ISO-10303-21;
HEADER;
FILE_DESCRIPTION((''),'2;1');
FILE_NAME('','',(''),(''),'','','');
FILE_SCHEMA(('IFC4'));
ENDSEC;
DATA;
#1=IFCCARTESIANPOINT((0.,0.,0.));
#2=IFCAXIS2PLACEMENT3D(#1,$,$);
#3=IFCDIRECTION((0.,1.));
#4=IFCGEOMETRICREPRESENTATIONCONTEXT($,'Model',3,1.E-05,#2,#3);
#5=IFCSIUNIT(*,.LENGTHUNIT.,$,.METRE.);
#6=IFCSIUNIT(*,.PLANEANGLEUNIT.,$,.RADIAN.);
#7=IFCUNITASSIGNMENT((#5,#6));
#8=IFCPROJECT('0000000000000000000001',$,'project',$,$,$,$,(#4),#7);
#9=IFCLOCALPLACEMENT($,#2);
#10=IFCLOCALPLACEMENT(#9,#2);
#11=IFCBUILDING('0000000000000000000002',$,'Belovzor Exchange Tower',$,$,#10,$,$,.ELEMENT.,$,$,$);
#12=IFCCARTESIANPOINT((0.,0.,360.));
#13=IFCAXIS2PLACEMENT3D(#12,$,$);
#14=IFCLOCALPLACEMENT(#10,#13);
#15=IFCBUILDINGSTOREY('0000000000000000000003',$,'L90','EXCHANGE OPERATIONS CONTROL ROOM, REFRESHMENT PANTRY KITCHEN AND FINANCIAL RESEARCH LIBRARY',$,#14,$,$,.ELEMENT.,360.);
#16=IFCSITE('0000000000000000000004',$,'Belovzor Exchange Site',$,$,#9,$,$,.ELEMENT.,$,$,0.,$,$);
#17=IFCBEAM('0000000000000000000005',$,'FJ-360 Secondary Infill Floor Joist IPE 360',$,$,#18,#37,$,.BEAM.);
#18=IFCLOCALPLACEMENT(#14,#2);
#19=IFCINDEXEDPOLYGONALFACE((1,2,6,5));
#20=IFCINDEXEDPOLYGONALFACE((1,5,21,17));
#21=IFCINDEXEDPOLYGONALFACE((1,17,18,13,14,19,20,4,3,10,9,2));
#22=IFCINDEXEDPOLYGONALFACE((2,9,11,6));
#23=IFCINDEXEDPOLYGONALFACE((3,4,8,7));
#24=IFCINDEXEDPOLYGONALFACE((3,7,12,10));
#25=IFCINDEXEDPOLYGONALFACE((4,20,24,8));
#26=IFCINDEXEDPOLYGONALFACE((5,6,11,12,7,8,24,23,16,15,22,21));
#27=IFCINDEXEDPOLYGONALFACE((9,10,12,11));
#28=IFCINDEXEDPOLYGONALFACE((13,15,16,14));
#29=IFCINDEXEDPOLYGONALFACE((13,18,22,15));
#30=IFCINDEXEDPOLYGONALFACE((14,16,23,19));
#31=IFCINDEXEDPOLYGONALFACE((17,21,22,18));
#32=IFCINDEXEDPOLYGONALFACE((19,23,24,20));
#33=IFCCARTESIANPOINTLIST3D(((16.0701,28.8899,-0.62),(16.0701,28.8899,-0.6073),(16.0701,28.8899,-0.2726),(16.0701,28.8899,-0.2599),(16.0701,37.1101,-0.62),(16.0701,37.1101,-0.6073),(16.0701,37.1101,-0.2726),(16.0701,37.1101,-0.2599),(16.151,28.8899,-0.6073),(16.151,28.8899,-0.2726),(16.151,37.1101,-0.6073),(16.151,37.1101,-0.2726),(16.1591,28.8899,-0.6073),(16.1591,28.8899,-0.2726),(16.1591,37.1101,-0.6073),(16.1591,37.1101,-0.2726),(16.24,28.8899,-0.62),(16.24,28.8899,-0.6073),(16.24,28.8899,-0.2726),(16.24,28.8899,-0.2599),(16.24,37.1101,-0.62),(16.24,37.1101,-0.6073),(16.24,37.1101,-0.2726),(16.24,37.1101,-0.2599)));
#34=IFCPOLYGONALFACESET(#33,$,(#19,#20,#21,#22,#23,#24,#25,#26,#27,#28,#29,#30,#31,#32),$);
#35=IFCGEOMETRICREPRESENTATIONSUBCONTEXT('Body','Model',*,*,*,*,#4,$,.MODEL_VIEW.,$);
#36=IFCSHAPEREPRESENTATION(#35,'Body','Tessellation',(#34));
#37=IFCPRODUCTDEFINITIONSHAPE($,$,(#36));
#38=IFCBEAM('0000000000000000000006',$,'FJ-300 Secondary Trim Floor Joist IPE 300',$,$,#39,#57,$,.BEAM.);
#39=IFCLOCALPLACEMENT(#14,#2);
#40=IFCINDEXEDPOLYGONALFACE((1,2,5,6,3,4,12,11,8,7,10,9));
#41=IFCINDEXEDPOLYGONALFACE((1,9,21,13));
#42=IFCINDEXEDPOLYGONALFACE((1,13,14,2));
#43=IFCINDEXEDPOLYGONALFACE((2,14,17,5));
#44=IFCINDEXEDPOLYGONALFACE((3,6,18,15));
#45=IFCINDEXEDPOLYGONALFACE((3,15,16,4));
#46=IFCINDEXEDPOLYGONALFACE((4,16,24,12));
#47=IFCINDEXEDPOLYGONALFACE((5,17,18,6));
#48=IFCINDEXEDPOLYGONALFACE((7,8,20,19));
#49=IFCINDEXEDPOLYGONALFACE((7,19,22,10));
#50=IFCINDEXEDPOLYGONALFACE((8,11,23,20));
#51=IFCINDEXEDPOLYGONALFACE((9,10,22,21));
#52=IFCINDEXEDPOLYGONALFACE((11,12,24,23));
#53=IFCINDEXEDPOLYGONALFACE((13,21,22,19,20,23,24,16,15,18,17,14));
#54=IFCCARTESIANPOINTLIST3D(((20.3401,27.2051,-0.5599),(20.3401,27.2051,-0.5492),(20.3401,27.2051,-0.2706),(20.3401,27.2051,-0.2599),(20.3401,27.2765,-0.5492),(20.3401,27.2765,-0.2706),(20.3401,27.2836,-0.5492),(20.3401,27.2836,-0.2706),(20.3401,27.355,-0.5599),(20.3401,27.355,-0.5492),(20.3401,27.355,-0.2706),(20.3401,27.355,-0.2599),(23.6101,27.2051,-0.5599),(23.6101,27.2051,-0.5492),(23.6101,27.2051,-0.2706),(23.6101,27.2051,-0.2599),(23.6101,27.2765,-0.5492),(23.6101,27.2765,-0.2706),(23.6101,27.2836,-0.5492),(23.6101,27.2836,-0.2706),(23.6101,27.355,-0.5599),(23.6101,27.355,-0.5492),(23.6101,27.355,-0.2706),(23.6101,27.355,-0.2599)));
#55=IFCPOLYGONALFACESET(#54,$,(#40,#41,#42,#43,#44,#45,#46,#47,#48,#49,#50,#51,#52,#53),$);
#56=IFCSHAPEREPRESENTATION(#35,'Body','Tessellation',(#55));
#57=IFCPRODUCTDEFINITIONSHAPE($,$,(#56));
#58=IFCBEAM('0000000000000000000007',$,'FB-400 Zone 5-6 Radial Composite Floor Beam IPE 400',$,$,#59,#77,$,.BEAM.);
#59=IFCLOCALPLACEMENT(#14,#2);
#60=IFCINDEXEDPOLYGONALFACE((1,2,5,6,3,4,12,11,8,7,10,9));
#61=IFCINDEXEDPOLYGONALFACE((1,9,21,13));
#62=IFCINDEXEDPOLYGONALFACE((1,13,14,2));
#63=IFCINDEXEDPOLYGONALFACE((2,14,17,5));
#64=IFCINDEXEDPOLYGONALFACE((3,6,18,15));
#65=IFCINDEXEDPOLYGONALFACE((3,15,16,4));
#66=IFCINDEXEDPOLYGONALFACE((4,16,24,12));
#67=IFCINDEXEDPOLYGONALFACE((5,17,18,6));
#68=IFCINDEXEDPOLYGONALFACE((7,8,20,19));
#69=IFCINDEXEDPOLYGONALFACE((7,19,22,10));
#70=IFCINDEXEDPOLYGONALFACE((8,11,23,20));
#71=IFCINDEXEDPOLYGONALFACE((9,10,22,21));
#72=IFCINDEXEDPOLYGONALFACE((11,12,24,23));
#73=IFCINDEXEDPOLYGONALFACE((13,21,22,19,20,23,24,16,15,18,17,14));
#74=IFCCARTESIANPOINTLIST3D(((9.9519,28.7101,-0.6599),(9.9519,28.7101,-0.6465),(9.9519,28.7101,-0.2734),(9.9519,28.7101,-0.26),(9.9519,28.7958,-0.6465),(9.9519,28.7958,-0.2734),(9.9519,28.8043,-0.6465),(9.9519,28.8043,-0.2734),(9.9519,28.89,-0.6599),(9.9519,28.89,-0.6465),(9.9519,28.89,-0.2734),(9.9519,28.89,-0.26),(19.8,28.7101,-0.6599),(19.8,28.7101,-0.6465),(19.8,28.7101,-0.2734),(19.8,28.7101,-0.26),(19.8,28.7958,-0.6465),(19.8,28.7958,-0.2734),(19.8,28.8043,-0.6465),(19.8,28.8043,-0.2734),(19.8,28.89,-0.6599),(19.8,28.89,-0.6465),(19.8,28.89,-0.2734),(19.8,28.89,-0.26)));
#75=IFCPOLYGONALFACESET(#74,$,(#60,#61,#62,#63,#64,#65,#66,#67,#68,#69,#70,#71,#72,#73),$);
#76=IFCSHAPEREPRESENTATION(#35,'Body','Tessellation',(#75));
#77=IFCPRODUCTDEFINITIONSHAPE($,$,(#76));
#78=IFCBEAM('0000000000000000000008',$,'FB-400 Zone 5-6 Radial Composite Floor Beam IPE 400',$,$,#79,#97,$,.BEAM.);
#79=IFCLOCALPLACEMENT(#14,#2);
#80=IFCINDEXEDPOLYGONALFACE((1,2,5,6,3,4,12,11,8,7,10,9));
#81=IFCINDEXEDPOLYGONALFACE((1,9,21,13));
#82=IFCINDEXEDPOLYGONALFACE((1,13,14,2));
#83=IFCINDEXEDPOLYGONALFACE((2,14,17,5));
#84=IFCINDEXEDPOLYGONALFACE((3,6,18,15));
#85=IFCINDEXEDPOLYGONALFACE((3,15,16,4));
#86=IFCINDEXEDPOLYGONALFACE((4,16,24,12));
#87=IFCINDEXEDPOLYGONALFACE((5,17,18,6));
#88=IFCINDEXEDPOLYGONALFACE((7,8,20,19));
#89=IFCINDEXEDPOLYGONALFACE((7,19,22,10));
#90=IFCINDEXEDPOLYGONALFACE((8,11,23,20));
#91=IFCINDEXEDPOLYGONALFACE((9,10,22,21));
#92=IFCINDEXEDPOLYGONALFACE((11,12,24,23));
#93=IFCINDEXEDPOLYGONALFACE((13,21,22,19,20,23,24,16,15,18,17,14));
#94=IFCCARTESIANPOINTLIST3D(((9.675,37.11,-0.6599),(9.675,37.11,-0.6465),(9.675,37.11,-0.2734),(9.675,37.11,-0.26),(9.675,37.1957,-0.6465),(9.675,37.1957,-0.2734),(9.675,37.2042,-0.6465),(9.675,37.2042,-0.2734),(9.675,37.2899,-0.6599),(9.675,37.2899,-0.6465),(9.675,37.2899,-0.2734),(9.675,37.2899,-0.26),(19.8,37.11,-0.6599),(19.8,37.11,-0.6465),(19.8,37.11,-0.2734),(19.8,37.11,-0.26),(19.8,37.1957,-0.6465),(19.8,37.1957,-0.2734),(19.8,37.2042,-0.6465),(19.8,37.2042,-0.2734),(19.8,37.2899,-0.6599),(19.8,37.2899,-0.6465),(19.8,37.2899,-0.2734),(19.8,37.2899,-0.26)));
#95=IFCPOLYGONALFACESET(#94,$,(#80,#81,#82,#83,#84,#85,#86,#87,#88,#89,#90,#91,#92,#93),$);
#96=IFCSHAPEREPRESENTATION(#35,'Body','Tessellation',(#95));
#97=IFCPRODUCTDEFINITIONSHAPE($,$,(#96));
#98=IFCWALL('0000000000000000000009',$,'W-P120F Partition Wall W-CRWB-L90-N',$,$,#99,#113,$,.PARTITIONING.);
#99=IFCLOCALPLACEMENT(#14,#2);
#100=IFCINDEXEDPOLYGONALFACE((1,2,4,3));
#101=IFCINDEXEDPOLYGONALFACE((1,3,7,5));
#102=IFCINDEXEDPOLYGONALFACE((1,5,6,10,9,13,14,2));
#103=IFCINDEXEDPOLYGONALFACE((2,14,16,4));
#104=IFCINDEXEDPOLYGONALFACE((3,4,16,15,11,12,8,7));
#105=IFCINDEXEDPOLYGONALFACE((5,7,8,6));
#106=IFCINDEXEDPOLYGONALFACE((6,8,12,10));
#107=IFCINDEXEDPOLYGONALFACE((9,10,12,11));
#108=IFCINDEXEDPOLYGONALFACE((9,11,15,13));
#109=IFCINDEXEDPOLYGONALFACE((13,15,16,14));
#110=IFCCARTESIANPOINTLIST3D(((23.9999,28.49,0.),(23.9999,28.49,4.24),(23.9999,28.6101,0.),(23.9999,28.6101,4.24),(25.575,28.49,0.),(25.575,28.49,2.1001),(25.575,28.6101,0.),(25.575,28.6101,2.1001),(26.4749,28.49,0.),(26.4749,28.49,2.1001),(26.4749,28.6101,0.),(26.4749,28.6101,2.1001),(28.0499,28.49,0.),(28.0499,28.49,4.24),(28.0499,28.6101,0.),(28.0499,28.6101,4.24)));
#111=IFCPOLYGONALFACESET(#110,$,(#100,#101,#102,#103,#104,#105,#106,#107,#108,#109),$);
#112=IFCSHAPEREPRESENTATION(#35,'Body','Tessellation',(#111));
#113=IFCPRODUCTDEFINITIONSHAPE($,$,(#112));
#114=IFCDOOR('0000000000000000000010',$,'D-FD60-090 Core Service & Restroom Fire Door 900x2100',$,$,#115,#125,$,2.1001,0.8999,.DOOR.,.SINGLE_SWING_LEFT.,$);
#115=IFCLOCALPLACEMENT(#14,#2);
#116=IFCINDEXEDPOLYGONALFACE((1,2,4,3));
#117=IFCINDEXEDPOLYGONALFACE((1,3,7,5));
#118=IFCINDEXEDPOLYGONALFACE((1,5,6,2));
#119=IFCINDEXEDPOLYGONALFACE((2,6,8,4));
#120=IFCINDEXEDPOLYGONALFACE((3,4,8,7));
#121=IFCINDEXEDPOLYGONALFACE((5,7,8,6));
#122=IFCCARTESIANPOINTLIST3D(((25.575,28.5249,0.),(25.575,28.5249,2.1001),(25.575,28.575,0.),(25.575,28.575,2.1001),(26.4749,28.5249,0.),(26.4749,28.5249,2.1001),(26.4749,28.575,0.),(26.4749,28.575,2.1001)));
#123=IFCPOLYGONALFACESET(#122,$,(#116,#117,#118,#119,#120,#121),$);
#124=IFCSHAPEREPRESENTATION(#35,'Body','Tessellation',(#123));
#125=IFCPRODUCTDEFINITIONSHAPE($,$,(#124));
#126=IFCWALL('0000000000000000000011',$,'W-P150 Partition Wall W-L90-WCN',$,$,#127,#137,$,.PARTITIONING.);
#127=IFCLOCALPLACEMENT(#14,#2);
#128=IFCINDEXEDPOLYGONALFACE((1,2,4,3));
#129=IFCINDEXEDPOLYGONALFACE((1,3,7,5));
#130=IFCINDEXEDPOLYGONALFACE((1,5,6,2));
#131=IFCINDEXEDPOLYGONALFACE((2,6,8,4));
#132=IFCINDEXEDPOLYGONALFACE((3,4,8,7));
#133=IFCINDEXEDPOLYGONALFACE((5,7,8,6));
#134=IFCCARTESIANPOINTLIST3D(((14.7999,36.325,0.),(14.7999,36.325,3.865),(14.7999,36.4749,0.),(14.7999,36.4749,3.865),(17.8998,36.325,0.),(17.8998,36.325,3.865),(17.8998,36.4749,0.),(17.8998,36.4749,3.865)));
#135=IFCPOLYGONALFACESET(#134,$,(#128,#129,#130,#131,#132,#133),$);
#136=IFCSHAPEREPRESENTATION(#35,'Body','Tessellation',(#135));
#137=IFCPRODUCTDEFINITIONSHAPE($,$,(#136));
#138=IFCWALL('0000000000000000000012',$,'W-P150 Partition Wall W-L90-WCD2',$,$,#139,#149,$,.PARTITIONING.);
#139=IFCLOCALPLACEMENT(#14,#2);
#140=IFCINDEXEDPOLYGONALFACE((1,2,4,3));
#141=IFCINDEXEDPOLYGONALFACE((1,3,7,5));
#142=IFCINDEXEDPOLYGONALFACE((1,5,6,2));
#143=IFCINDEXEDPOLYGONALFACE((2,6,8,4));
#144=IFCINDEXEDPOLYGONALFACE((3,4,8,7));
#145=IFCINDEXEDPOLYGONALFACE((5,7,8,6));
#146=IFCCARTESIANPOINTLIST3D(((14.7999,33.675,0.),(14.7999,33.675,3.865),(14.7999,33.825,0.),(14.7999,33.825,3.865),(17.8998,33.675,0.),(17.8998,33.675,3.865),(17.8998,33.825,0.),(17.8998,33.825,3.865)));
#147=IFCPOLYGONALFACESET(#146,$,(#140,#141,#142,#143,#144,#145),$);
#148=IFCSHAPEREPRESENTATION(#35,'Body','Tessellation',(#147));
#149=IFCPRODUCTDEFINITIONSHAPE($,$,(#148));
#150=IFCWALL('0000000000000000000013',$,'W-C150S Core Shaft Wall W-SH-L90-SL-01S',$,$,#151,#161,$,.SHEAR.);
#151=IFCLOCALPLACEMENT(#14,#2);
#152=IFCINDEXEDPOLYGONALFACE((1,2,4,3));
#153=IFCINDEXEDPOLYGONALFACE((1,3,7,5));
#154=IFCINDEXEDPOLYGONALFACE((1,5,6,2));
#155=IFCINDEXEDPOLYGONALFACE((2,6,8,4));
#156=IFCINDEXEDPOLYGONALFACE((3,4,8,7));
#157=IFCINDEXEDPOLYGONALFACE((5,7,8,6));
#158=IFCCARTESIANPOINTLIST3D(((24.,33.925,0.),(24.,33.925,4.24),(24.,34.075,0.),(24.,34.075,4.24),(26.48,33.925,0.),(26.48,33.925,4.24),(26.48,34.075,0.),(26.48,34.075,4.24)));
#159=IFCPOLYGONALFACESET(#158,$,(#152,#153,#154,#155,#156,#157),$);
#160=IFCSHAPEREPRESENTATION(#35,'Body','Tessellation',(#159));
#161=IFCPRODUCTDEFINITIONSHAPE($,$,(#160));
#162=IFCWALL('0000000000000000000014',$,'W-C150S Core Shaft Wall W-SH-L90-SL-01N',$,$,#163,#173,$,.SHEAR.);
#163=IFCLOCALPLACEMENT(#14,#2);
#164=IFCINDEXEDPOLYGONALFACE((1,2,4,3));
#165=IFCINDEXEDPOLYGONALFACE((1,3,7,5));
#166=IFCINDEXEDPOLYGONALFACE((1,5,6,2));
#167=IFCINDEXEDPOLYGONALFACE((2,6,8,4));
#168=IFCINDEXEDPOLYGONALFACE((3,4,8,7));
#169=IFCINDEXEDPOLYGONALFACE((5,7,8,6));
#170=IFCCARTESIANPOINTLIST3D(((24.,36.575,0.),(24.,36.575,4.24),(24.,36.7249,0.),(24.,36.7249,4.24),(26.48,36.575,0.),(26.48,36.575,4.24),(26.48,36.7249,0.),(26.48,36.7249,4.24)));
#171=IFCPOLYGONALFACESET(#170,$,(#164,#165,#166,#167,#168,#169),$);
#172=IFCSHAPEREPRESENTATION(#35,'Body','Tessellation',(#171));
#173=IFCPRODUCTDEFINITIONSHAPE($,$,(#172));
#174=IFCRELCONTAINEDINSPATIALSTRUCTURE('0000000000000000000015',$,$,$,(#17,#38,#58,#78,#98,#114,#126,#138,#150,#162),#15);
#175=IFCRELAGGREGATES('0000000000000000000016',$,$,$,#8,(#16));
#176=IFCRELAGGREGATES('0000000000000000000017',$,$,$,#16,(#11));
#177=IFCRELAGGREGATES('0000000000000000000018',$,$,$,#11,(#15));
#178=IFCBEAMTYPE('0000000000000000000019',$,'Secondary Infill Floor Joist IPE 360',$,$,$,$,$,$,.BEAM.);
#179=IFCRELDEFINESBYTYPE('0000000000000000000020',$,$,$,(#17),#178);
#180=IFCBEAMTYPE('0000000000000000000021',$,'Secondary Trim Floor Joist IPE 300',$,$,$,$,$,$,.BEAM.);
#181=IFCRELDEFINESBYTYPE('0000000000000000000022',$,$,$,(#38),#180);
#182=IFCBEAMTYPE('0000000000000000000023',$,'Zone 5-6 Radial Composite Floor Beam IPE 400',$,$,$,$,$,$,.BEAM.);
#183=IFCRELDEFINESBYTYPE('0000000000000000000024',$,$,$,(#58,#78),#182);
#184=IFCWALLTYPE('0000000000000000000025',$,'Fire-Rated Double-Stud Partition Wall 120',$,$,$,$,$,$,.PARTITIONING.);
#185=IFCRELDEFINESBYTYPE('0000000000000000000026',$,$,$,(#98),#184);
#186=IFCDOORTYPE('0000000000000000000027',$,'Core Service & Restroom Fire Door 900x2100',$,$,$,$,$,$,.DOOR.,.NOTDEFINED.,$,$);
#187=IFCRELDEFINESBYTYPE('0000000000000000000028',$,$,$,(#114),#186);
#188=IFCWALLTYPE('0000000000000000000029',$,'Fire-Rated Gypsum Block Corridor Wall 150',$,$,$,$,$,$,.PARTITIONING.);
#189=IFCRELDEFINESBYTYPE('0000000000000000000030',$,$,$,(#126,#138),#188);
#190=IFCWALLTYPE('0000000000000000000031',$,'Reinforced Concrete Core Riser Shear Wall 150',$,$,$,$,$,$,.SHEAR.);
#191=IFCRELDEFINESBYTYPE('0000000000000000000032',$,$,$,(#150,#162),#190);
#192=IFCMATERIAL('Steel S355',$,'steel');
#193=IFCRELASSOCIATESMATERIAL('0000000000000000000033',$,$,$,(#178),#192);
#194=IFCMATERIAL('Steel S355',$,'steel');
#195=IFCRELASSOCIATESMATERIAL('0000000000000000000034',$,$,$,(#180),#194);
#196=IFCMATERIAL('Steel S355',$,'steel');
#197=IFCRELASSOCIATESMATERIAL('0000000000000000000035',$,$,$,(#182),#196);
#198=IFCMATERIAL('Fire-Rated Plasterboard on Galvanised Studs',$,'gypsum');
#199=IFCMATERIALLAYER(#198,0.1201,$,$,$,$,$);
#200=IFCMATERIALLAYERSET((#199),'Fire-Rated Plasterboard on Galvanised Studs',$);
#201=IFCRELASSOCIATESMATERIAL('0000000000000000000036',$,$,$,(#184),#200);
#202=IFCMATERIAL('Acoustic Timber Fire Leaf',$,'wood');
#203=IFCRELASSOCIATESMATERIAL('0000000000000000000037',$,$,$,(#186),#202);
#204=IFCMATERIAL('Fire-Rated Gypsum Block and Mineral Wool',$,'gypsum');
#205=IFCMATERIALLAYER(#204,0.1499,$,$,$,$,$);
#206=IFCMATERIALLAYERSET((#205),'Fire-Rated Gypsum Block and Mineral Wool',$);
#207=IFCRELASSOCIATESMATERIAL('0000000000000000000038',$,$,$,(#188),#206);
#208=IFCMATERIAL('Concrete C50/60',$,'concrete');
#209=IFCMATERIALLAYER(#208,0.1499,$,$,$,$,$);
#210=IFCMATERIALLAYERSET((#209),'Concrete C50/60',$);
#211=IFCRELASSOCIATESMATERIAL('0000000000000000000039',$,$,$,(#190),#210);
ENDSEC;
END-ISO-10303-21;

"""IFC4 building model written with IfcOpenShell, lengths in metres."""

from ifc_helpers import new_model, si_unit, direction, frame, frame_2d, origin, origin_2d, place, context, subcontext, project, spatial, rectangle, i_section, extrude, material, layer, layer_set, material_profile, profile_set, type_object, element, fill, save


model = new_model("IFC4")

# Units and contexts
model_context = context("Model", 3, precision=1e-05, world=origin(), true_north=direction((0.0, 1.0)))
body_context = subcontext(model_context, "Body", "Model", "MODEL_VIEW")
ifc_project = project(units=[si_unit("LENGTHUNIT", "METRE"), si_unit("PLANEANGLEUNIT", "RADIAN")], contexts=[model_context])

# Site, building, storey
site_placement = place(None, origin())
site = spatial("IfcSite", under=ifc_project, at=site_placement, Name="Belovzor Exchange Site", CompositionType="ELEMENT", RefElevation=0.0)
building_placement = place(site_placement, origin())
building = spatial("IfcBuilding", under=site, at=building_placement, Name="Belovzor Exchange Tower", CompositionType="ELEMENT")
storey_placement = place(building_placement, frame((0.0, 0.0, 360.0)))
storey = spatial("IfcBuildingStorey", under=building, at=storey_placement, Name="L90", Description="EXCHANGE OPERATIONS CONTROL ROOM, REFRESHMENT PANTRY KITCHEN AND FINANCIAL RESEARCH LIBRARY", CompositionType="ELEMENT", Elevation=360.0)

# Beams
ifc_material_1 = material(Name="Steel S355", Category="steel")
ifc_material_profile_1 = material_profile(ifc_material_1, i_section(OverallWidth=0.1699, OverallDepth=0.3601, WebThickness=0.0081, FlangeThickness=0.0127, at=origin_2d()))
ifc_profile_set_1 = profile_set([ifc_material_profile_1], Name="Steel S355")
beam_type_1 = type_object("IfcBeamType", Name="Secondary Infill Floor Joist IPE 360", PredefinedType="BEAM", material=ifc_profile_set_1)
beam_1_placement = place(storey_placement, frame((16.155, 28.8899, -0.4399), z_axis=(0.0, 1.0, 0.0), x_axis=(-1.0, 0.0, 0.0)))
element("IfcBeam", 1, at=beam_1_placement, inside=storey, type_object=beam_type_1, Name="FJ-360 Secondary Infill Floor Joist IPE 360", PredefinedType="BEAM", context=body_context, shape_type="SweptSolid", body=[
    extrude(i_section(OverallWidth=0.1699, OverallDepth=0.3601, WebThickness=0.0081, FlangeThickness=0.0127, at=origin_2d()), origin(), (0.0, 0.0, 1.0), 8.2202),
])
ifc_material_2 = material(Name="Steel S355", Category="steel")
ifc_material_profile_2 = material_profile(ifc_material_2, i_section(OverallWidth=0.1499, OverallDepth=0.3, WebThickness=0.0071, FlangeThickness=0.0107, at=origin_2d()))
ifc_profile_set_2 = profile_set([ifc_material_profile_2], Name="Steel S355")
beam_type_2 = type_object("IfcBeamType", Name="Secondary Trim Floor Joist IPE 300", PredefinedType="BEAM", material=ifc_profile_set_2)
beam_2_placement = place(storey_placement, frame((20.3401, 27.28, -0.4099), z_axis=(1.0, 0.0, 0.0), x_axis=(0.0, 1.0, 0.0)))
element("IfcBeam", 2, at=beam_2_placement, inside=storey, type_object=beam_type_2, Name="FJ-300 Secondary Trim Floor Joist IPE 300", PredefinedType="BEAM", context=body_context, shape_type="SweptSolid", body=[
    extrude(i_section(OverallWidth=0.1499, OverallDepth=0.3, WebThickness=0.0071, FlangeThickness=0.0107, at=origin_2d()), origin(), (0.0, 0.0, 1.0), 3.27),
])
ifc_material_3 = material(Name="Steel S355", Category="steel")
ifc_material_profile_3 = material_profile(ifc_material_3, i_section(OverallWidth=0.1799, OverallDepth=0.3999, WebThickness=0.0085, FlangeThickness=0.0134, at=origin_2d()))
ifc_profile_set_3 = profile_set([ifc_material_profile_3], Name="Steel S355")
beam_type_3 = type_object("IfcBeamType", Name="Zone 5-6 Radial Composite Floor Beam IPE 400", PredefinedType="BEAM", material=ifc_profile_set_3)
beam_3_placement = place(storey_placement, frame((19.8, 28.8, -0.46), z_axis=(-1.0, 0.0, 0.0), x_axis=(0.0, -1.0, 0.0)))
element("IfcBeam", 3, at=beam_3_placement, inside=storey, type_object=beam_type_3, Name="FB-400 Zone 5-6 Radial Composite Floor Beam IPE 400", PredefinedType="BEAM", context=body_context, shape_type="SweptSolid", body=[
    extrude(i_section(OverallWidth=0.1799, OverallDepth=0.3999, WebThickness=0.0085, FlangeThickness=0.0134, at=origin_2d()), origin(), (0.0, 0.0, 1.0), 9.8481),
])
beam_4_placement = place(storey_placement, frame((19.8, 37.2, -0.46), z_axis=(-1.0, 0.0, 0.0), x_axis=(0.0, -1.0, 0.0)))
element("IfcBeam", 4, at=beam_4_placement, inside=storey, type_object=beam_type_3, Name="FB-400 Zone 5-6 Radial Composite Floor Beam IPE 400", PredefinedType="BEAM", context=body_context, shape_type="SweptSolid", body=[
    extrude(i_section(OverallWidth=0.1799, OverallDepth=0.3999, WebThickness=0.0085, FlangeThickness=0.0134, at=origin_2d()), origin(), (0.0, 0.0, 1.0), 10.125),
])

# Wall, opening, door
ifc_material_4 = material(Name="Fire-Rated Plasterboard on Galvanised Studs", Category="gypsum")
ifc_layer_1 = layer(ifc_material_4, 0.1201)
ifc_layer_set_1 = layer_set([ifc_layer_1], Name="Fire-Rated Plasterboard on Galvanised Studs")
wall_type_1 = type_object("IfcWallType", Name="Fire-Rated Double-Stud Partition Wall 120", PredefinedType="PARTITIONING", material=ifc_layer_set_1)
wall_1_placement = place(storey_placement, frame((24.0, 28.55, 0.0), z_axis=(0.0, 0.0, 1.0), x_axis=(1.0, 0.0, 0.0)))
wall_1 = element("IfcWall", 5, at=wall_1_placement, inside=storey, type_object=wall_type_1, Name="W-P120F Partition Wall W-CRWB-L90-N", PredefinedType="PARTITIONING", context=body_context, shape_type="SweptSolid", body=[
    extrude(rectangle(XDim=4.05, YDim=0.1201, at=frame_2d((2.0249, 0.0))), origin(), (0.0, 0.0, 1.0), 4.24),
])
opening_1_placement = place(wall_1_placement, frame((1.575, 0.0, 0.0)))
opening_1 = element("IfcOpeningElement", 6, at=opening_1_placement, cuts=wall_1, PredefinedType="OPENING", context=body_context, shape_type="SweptSolid", body=[
    extrude(rectangle(XDim=0.8999, YDim=2.1001, at=frame_2d((0.45, 1.05))), frame((0.0, 0.0701, 0.0), z_axis=(0.0, -1.0, 0.0), x_axis=(1.0, 0.0, 0.0)), (0.0, 0.0, 1.0), 0.1401),
])
ifc_material_5 = material(Name="Acoustic Timber Fire Leaf", Category="wood")
door_type_1 = type_object("IfcDoorType", Name="Core Service & Restroom Fire Door 900x2100", OperationType="NOTDEFINED", PredefinedType="DOOR", material=ifc_material_5)
door_1_placement = place(opening_1_placement, origin())
door_1 = element("IfcDoor", 7, at=door_1_placement, inside=storey, type_object=door_type_1, Name="D-FD60-090 Core Service & Restroom Fire Door 900x2100", OperationType="SINGLE_SWING_LEFT", OverallHeight=2.1001, OverallWidth=0.8999, PredefinedType="DOOR", context=body_context, shape_type="SweptSolid", body=[
    extrude(rectangle(XDim=0.8999, YDim=2.1001, at=frame_2d((0.45, 1.05))), frame((0.0, 0.0249, 0.0), z_axis=(0.0, -1.0, 0.0), x_axis=(1.0, 0.0, 0.0)), (0.0, 0.0, 1.0), 0.05),
])
fill(opening_1, door_1)

# Walls
ifc_material_6 = material(Name="Fire-Rated Gypsum Block and Mineral Wool", Category="gypsum")
ifc_layer_2 = layer(ifc_material_6, 0.1499)
ifc_layer_set_2 = layer_set([ifc_layer_2], Name="Fire-Rated Gypsum Block and Mineral Wool")
wall_type_2 = type_object("IfcWallType", Name="Fire-Rated Gypsum Block Corridor Wall 150", PredefinedType="PARTITIONING", material=ifc_layer_set_2)
for number, where, z_axis, x_axis, name in (
    (8, (14.8, 36.3999, 0.0), (0.0, 0.0, 1.0), (1.0, 0.0, 0.0), "W-P150 Partition Wall W-L90-WCN"),
    (9, (14.8, 33.75, 0.0), (0.0, 0.0, 1.0), (1.0, 0.0, 0.0), "W-P150 Partition Wall W-L90-WCD2"),
):
    element("IfcWall", number, at=place(storey_placement, frame(where, z_axis=z_axis, x_axis=x_axis)), inside=storey, type_object=wall_type_2, Name=name, PredefinedType="PARTITIONING", context=body_context, shape_type="SweptSolid", body=[
        extrude(rectangle(XDim=3.0999, YDim=0.1499, at=frame_2d((1.5498, 0.0))), origin(), (0.0, 0.0, 1.0), 3.865),
    ])
ifc_material_7 = material(Name="Concrete C50/60", Category="concrete")
ifc_layer_3 = layer(ifc_material_7, 0.1499)
ifc_layer_set_3 = layer_set([ifc_layer_3], Name="Concrete C50/60")
wall_type_3 = type_object("IfcWallType", Name="Reinforced Concrete Core Riser Shear Wall 150", PredefinedType="SHEAR", material=ifc_layer_set_3)
for number, where, z_axis, x_axis, name in (
    (10, (24.0, 34.0, 0.0), (0.0, 0.0, 1.0), (1.0, 0.0, 0.0), "W-C150S Core Shaft Wall W-SH-L90-SL-01S"),
    (11, (24.0, 36.6499, 0.0), (0.0, 0.0, 1.0), (1.0, 0.0, 0.0), "W-C150S Core Shaft Wall W-SH-L90-SL-01N"),
):
    element("IfcWall", number, at=place(storey_placement, frame(where, z_axis=z_axis, x_axis=x_axis)), inside=storey, type_object=wall_type_3, Name=name, PredefinedType="SHEAR", context=body_context, shape_type="SweptSolid", body=[
        extrude(rectangle(XDim=2.48, YDim=0.1499, at=frame_2d((1.24, 0.0))), origin(), (0.0, 0.0, 1.0), 4.24),
    ])

save(model, "model.ifc")
